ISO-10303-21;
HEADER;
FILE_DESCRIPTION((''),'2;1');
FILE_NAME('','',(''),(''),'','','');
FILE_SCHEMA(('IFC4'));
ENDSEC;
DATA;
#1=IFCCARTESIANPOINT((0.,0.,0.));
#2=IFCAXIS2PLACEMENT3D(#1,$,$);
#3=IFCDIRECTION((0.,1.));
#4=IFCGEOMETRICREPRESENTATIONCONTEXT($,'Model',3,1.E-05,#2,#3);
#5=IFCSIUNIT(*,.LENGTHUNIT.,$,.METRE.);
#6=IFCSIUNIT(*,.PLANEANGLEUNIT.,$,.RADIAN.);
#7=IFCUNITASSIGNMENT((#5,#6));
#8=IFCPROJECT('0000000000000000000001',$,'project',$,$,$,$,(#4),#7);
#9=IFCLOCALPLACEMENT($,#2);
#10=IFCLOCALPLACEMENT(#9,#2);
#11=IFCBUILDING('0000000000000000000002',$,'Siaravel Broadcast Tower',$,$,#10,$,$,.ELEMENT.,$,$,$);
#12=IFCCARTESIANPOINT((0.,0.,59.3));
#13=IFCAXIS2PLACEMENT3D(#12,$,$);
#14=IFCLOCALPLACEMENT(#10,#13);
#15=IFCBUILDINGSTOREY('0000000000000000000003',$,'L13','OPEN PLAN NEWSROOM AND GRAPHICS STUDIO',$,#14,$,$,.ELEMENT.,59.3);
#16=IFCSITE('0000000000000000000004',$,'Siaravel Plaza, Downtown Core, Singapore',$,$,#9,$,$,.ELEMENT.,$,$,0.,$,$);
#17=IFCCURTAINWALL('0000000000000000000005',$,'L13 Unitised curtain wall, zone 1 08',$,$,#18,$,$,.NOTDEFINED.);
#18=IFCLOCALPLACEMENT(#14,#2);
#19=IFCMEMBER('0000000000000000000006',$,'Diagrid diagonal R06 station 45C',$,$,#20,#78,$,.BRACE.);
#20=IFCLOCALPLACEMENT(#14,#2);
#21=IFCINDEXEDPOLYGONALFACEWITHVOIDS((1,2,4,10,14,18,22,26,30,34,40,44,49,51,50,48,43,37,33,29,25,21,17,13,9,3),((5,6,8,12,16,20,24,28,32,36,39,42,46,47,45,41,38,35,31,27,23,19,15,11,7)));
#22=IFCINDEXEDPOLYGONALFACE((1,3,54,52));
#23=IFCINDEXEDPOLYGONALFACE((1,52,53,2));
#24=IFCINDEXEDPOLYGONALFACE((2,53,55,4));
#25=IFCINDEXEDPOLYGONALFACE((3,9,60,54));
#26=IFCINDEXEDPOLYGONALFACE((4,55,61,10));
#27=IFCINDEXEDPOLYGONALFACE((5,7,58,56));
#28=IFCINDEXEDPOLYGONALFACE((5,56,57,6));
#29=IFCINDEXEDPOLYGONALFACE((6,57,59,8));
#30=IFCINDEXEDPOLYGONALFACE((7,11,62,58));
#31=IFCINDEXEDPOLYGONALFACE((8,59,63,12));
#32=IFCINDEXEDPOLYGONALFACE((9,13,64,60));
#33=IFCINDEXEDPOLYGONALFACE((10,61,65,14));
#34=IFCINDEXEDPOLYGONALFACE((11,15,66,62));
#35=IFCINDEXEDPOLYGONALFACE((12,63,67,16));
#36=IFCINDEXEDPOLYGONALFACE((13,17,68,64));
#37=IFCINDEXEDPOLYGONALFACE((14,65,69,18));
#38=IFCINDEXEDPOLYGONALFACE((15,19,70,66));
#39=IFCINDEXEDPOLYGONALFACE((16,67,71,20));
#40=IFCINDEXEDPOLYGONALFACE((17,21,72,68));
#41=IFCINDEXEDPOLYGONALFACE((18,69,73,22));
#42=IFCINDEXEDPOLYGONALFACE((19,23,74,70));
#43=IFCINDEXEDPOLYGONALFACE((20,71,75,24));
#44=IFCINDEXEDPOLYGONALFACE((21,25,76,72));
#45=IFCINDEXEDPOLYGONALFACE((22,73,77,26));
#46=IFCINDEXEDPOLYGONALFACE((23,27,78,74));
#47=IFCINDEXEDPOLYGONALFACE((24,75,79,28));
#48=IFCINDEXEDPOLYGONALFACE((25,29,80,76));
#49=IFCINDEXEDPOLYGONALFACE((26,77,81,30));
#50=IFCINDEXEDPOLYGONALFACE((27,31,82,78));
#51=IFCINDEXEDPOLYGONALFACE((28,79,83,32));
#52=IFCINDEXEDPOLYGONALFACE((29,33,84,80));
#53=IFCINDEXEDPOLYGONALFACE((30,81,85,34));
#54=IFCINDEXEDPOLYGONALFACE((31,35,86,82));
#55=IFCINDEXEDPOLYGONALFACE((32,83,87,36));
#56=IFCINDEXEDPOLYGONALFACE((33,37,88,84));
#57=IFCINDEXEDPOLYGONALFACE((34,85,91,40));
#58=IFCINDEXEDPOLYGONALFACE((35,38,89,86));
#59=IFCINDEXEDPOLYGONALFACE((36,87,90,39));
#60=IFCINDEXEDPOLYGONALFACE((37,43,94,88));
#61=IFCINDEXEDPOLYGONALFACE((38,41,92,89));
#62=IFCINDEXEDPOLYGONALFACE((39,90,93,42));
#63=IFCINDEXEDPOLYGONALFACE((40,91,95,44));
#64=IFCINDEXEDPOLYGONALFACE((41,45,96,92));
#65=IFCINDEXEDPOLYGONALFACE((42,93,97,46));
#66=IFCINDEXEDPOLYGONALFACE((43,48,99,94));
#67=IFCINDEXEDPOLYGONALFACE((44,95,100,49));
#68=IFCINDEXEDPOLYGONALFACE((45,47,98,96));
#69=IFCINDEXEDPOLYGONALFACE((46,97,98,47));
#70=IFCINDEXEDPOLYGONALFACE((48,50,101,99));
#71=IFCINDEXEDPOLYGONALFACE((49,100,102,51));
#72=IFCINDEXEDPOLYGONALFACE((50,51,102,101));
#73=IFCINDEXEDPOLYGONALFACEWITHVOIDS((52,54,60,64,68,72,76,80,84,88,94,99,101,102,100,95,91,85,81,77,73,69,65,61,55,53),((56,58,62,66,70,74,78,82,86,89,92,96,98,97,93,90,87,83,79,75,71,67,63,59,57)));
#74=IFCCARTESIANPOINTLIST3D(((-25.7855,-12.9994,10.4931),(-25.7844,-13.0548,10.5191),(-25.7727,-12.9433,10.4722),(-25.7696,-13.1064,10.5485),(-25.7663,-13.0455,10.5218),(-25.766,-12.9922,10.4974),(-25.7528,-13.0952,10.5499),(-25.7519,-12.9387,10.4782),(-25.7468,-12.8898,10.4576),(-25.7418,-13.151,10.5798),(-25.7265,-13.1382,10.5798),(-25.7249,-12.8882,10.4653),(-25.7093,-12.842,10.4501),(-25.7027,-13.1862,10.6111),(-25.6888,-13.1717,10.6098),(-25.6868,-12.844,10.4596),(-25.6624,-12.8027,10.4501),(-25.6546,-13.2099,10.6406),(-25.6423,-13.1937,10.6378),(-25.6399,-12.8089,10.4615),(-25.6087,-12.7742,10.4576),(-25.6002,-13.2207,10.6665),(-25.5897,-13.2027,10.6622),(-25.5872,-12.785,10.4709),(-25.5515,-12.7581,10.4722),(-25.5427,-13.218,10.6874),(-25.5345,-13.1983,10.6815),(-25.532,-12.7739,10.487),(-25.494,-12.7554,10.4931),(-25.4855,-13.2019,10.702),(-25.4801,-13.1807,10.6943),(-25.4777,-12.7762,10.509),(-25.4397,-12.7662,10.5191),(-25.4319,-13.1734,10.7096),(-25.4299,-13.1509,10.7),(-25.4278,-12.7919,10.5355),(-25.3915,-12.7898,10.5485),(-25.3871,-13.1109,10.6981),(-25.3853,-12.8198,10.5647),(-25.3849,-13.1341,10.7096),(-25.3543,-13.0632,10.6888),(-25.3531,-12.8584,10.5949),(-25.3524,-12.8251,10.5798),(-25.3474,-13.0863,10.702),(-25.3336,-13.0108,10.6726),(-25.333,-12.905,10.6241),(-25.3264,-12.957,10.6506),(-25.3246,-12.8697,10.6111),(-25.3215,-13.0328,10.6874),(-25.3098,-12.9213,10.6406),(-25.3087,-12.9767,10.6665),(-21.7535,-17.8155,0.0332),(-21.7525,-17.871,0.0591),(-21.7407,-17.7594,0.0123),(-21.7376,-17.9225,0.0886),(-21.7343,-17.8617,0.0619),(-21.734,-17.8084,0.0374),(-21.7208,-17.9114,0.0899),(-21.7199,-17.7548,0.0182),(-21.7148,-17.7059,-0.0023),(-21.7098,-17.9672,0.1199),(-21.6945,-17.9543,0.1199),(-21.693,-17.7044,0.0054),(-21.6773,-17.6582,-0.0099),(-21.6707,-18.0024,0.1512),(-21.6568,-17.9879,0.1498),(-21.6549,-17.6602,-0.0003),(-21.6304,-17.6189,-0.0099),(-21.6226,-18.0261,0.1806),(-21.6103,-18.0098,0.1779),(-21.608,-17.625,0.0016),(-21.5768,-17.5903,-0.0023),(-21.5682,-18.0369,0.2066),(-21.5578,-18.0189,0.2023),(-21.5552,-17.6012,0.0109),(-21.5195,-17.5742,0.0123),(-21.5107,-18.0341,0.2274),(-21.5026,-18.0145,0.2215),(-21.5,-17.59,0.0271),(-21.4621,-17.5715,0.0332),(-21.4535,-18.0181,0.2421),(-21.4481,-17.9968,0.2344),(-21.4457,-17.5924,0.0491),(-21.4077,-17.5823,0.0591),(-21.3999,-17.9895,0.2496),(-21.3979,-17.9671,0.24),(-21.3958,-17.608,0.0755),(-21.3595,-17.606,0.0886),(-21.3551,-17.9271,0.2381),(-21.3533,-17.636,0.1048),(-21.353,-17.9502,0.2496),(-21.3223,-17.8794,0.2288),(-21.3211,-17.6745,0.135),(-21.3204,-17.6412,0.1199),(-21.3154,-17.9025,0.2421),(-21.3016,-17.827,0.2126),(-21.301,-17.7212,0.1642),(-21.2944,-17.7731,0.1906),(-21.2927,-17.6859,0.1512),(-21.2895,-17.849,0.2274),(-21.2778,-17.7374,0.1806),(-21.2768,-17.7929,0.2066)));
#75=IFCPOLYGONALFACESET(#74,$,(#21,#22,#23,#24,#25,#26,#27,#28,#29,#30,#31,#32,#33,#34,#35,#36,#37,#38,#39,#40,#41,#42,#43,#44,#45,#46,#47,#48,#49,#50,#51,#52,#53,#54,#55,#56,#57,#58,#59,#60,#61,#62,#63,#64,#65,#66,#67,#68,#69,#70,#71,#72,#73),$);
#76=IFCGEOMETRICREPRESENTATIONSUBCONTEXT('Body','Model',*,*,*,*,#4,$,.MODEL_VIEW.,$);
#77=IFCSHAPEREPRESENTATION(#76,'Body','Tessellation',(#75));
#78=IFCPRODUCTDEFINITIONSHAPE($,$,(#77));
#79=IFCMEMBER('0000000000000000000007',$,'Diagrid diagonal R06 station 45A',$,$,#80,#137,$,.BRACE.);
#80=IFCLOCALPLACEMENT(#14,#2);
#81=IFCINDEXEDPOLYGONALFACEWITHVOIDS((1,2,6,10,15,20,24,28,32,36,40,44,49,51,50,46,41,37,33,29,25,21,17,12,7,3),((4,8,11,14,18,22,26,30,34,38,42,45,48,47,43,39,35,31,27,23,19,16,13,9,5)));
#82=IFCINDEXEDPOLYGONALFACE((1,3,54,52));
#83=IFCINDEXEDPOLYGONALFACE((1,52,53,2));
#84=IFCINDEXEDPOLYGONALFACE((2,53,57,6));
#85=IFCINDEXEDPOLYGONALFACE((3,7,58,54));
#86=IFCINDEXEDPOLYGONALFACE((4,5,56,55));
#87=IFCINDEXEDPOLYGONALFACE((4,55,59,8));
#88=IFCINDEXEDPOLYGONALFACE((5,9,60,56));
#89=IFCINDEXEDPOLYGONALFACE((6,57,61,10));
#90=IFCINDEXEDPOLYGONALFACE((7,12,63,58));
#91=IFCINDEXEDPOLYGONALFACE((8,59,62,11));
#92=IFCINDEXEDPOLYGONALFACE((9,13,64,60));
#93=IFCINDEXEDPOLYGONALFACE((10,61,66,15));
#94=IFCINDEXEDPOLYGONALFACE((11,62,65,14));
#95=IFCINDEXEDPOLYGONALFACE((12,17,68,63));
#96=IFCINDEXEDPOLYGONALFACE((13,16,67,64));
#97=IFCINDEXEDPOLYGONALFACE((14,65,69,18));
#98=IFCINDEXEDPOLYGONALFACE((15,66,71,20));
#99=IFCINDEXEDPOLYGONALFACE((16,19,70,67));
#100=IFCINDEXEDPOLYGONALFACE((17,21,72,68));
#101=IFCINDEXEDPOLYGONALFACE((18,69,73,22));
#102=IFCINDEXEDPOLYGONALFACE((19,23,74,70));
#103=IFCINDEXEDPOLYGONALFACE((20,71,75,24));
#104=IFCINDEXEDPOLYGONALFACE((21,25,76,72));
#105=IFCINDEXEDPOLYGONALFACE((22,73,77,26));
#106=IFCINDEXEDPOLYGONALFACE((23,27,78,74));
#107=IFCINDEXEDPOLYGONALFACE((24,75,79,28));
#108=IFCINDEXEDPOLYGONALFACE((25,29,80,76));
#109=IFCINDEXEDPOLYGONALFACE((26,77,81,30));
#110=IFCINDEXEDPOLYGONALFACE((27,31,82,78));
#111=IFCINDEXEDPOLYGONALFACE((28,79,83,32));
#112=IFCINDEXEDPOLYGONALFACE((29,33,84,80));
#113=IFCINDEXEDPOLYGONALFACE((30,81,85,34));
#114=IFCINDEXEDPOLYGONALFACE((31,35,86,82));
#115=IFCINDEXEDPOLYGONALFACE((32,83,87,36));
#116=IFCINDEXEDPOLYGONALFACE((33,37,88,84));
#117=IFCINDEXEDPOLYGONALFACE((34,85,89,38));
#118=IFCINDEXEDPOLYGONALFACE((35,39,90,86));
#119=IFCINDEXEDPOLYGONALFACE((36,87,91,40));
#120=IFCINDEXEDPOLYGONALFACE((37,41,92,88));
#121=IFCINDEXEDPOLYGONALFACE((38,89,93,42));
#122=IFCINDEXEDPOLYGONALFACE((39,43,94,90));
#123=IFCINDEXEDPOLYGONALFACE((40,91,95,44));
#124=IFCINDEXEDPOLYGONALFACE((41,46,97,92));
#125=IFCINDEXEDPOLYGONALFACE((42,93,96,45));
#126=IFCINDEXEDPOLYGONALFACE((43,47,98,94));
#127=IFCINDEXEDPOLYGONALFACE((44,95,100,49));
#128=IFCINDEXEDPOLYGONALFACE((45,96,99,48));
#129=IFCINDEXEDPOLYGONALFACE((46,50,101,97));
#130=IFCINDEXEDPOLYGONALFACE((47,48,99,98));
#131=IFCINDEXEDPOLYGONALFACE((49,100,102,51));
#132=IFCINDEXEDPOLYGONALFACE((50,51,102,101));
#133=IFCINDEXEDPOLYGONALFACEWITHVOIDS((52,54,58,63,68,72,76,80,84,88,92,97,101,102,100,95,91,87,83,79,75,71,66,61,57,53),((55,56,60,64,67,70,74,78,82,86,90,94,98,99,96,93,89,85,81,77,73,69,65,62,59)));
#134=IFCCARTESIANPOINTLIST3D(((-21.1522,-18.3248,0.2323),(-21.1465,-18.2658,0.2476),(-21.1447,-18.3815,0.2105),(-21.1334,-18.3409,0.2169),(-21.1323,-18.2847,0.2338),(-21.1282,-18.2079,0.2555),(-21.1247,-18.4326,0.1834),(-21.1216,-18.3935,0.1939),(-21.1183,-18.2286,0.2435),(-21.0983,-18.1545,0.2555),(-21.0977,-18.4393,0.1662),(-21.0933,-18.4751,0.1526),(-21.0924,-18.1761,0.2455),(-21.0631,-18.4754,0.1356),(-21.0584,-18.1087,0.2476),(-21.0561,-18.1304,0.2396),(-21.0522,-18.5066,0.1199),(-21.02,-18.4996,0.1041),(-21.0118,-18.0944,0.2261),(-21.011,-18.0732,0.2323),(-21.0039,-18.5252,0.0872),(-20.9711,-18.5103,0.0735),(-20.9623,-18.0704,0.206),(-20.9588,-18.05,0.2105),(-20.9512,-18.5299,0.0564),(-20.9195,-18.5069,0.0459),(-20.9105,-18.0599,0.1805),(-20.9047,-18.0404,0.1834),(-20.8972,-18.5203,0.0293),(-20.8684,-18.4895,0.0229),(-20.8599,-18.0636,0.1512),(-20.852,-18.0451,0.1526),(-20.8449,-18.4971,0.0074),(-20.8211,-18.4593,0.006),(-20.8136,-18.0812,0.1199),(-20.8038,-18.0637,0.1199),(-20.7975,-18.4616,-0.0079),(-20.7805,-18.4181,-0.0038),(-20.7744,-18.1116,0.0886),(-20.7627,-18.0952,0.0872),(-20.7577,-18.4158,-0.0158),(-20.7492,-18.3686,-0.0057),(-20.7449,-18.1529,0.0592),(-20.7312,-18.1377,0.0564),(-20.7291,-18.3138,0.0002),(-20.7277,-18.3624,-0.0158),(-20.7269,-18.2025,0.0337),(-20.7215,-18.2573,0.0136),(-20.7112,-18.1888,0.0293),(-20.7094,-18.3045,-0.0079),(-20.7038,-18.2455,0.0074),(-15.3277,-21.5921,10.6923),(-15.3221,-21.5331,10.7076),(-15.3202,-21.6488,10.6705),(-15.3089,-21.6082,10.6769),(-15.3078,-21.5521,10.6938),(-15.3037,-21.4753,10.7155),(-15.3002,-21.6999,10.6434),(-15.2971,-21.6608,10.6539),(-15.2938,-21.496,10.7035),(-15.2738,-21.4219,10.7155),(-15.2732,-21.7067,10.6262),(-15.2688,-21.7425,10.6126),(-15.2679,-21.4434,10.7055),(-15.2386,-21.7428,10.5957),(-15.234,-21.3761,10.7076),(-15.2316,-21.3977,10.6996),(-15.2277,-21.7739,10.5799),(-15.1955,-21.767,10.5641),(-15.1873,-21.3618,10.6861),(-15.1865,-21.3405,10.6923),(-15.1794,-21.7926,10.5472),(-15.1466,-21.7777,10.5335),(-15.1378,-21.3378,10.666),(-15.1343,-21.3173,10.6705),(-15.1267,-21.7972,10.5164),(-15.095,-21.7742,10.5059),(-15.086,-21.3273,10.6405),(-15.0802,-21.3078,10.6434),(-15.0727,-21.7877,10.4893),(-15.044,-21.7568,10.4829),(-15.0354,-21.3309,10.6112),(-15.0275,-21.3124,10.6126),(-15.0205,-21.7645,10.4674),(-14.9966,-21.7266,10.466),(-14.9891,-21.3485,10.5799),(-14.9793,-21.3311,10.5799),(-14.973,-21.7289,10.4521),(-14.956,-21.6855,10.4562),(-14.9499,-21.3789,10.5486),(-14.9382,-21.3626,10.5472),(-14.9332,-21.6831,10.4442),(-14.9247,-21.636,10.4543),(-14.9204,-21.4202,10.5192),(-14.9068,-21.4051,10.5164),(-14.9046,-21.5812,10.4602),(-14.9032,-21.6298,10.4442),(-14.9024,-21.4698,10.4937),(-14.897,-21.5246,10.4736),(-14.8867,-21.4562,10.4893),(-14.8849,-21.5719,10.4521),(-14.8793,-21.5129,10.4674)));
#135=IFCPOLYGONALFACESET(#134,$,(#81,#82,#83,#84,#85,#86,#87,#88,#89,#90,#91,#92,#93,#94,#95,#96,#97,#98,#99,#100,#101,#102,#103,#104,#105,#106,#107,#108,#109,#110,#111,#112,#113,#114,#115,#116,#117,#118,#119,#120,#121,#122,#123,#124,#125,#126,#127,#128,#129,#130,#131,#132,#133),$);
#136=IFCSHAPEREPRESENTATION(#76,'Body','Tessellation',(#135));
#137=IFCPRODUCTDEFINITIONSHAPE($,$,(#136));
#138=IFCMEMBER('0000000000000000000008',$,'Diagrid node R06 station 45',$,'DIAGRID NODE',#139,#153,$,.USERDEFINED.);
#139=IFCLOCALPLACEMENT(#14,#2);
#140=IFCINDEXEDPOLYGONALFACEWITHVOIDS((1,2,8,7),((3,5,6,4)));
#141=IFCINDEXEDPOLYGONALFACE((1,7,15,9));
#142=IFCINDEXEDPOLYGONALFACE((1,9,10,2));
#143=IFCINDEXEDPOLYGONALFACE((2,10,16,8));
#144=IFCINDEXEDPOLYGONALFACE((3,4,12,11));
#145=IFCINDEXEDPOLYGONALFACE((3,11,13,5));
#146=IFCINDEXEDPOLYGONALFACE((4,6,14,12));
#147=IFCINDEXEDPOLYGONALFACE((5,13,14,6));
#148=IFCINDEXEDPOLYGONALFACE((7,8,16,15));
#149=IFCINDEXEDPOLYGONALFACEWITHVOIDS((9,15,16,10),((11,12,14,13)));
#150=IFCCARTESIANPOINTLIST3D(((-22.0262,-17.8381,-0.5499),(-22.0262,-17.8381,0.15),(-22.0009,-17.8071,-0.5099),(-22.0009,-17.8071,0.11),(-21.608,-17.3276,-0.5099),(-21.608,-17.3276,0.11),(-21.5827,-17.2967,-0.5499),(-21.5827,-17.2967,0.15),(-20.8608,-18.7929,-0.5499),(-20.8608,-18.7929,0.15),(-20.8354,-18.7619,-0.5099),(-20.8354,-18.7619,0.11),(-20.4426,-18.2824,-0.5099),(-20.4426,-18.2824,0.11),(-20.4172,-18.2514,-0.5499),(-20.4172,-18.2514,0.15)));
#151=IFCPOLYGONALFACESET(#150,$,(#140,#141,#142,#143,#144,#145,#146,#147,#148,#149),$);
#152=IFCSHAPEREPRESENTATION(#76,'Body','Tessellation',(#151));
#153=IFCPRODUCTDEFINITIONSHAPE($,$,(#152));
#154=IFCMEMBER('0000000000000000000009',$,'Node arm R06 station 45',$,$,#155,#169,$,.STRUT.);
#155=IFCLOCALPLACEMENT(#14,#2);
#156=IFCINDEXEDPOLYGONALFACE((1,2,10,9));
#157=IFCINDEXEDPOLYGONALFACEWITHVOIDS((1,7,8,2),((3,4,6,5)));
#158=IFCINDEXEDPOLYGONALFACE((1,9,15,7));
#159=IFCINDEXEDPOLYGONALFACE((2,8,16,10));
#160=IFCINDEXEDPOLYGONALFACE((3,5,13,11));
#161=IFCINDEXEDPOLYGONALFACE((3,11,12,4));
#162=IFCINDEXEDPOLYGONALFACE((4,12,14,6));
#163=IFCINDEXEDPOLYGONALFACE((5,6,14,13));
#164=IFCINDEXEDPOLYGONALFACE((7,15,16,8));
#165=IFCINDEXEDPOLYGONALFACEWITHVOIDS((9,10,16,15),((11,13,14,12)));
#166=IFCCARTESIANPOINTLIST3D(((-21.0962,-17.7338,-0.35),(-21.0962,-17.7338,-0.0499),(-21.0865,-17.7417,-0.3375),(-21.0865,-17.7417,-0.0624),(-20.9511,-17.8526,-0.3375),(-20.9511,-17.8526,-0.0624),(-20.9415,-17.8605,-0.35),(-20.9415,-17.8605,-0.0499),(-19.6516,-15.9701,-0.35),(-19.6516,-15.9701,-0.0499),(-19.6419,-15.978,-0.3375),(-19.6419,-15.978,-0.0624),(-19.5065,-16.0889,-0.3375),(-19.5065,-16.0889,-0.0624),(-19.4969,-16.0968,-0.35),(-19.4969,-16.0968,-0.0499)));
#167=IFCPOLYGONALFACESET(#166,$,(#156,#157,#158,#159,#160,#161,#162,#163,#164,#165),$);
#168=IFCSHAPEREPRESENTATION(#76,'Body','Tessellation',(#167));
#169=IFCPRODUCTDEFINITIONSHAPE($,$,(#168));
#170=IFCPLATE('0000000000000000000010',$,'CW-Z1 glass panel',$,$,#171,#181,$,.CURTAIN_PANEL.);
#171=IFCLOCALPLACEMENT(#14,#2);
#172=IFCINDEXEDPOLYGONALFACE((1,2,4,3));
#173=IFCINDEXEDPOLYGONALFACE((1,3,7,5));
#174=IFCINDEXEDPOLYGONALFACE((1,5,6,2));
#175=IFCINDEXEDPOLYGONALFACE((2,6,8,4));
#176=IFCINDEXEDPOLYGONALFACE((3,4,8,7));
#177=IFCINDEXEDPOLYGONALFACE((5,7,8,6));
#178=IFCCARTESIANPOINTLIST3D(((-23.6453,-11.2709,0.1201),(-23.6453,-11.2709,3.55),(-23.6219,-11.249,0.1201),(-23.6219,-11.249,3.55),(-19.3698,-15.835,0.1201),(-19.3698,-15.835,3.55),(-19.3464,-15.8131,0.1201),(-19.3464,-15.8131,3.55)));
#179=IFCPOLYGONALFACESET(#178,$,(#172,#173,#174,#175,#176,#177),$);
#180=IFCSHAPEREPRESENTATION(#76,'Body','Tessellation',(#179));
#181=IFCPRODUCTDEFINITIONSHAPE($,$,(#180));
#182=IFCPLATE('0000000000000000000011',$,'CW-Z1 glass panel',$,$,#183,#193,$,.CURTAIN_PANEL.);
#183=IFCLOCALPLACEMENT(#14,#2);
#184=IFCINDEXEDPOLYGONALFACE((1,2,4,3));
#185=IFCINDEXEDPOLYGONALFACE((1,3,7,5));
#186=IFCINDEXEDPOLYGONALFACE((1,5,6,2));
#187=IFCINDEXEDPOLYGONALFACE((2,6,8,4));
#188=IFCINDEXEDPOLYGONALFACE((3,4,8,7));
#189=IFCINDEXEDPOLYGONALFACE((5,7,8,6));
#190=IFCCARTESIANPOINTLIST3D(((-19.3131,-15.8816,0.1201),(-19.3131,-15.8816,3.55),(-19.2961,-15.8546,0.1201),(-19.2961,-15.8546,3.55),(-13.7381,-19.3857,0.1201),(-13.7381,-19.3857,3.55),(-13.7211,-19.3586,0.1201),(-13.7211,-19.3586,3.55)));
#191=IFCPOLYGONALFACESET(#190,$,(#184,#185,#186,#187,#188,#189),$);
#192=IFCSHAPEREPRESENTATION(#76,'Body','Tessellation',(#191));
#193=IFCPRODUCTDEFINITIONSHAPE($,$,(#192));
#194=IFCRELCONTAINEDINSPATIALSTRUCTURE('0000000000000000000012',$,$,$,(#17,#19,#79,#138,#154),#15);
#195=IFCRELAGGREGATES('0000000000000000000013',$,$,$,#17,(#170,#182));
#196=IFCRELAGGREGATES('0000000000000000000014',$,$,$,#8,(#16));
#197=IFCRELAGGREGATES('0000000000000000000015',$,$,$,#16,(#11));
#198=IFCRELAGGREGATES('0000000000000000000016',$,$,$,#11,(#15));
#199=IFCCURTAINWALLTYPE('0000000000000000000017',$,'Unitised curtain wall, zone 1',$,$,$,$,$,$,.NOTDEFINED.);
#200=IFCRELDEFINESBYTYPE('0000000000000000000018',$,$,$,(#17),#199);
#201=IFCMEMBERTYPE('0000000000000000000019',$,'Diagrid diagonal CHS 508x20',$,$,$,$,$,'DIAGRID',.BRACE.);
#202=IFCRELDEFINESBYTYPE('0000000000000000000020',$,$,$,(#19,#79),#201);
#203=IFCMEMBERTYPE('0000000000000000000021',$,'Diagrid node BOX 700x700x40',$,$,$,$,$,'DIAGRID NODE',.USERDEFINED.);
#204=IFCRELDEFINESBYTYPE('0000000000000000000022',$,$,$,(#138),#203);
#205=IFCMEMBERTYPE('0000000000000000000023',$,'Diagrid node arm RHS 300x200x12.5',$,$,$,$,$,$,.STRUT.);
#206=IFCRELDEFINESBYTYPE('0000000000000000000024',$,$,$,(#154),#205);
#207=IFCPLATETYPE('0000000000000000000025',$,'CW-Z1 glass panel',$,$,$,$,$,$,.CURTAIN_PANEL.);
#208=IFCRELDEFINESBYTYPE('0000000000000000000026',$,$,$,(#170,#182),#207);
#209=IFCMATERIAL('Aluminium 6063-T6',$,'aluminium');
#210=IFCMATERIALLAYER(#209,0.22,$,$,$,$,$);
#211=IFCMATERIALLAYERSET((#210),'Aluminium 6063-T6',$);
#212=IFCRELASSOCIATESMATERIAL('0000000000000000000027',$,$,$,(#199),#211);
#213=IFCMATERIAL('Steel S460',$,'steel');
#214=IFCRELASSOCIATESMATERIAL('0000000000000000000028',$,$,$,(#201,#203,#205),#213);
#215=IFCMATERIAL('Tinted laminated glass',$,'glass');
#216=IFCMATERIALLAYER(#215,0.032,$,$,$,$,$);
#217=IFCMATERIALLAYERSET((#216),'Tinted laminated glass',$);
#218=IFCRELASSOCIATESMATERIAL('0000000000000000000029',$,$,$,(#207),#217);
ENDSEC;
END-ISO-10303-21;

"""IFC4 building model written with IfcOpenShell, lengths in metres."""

from ifc_helpers import new_model, si_unit, direction, frame, origin, origin_2d, place, context, subcontext, project, spatial, rectangle, hollow_rectangle, hollow_circle, extrude, material, layer, layer_set, material_profile, profile_set, type_object, element, aggregate, save


model = new_model("IFC4")

# Units and contexts
model_context = context("Model", 3, precision=1e-05, world=origin(), true_north=direction((0.0, 1.0)))
body_context = subcontext(model_context, "Body", "Model", "MODEL_VIEW")
ifc_project = project(units=[si_unit("LENGTHUNIT", "METRE"), si_unit("PLANEANGLEUNIT", "RADIAN")], contexts=[model_context])

# Site, building, storey
site_placement = place(None, origin())
site = spatial("IfcSite", under=ifc_project, at=site_placement, Name="Siaravel Plaza, Downtown Core, Singapore", CompositionType="ELEMENT", RefElevation=0.0)
building_placement = place(site_placement, origin())
building = spatial("IfcBuilding", under=site, at=building_placement, Name="Siaravel Broadcast Tower", CompositionType="ELEMENT")
storey_placement = place(building_placement, frame((0.0, 0.0, 59.3)))
storey = spatial("IfcBuildingStorey", under=building, at=storey_placement, Name="L13", Description="OPEN PLAN NEWSROOM AND GRAPHICS STUDIO", CompositionType="ELEMENT", Elevation=59.3)

# Curtain wall
ifc_material_1 = material(Name="Aluminium 6063-T6", Category="aluminium")
ifc_layer_1 = layer(ifc_material_1, 0.22)
ifc_layer_set_1 = layer_set([ifc_layer_1], Name="Aluminium 6063-T6")
curtain_wall_type = type_object("IfcCurtainWallType", Name="Unitised curtain wall, zone 1", PredefinedType="NOTDEFINED", material=ifc_layer_set_1)
curtain_wall_placement = place(storey_placement, origin())
curtain_wall = element("IfcCurtainWall", 1, at=curtain_wall_placement, inside=storey, type_object=curtain_wall_type, Name="L13 Unitised curtain wall, zone 1 08", PredefinedType="NOTDEFINED")

# Members
ifc_material_2 = material(Name="Steel S460", Category="steel")
ifc_material_profile_1 = material_profile(ifc_material_2, hollow_circle(Radius=0.2539, WallThickness=0.02, at=origin_2d()))
ifc_profile_set_1 = profile_set([ifc_material_profile_1], Name="Steel S460")
member_type_1 = type_object("IfcMemberType", Name="Diagrid diagonal CHS 508x20", ElementType="DIAGRID", PredefinedType="BRACE", material=ifc_profile_set_1)
member_1_placement = place(storey_placement, frame((-21.5151, -17.8042, 0.1199), z_axis=(-0.330465, 0.394737, 0.857307), x_axis=(-0.76677, -0.641922, 0.0)))
element("IfcMember", 2, at=member_1_placement, inside=storey, type_object=member_type_1, Name="Diagrid diagonal R06 station 45C", PredefinedType="BRACE", context=body_context, shape_type="SweptSolid", body=[
    extrude(hollow_circle(Radius=0.2539, WallThickness=0.02, at=origin_2d()), origin(), (0.0, 0.0, 1.0), 12.2009),
])
member_2_placement = place(storey_placement, frame((-20.928, -18.2852, 0.1199), z_axis=(0.469332, -0.26328, 0.842859), x_axis=(0.489246, 0.872146, 0.0)))
element("IfcMember", 3, at=member_2_placement, inside=storey, type_object=member_type_1, Name="Diagrid diagonal R06 station 45A", PredefinedType="BRACE", context=body_context, shape_type="SweptSolid", body=[
    extrude(hollow_circle(Radius=0.2539, WallThickness=0.02, at=origin_2d()), origin(), (0.0, 0.0, 1.0), 12.4102),
])
ifc_material_profile_2 = material_profile(ifc_material_2, hollow_rectangle(XDim=0.7, YDim=0.7, WallThickness=0.04, at=origin_2d()))
ifc_profile_set_2 = profile_set([ifc_material_profile_2], Name="Steel S460")
member_type_2 = type_object("IfcMemberType", Name="Diagrid node BOX 700x700x40", ElementType="DIAGRID NODE", PredefinedType="USERDEFINED", material=ifc_profile_set_2)
member_3_placement = place(storey_placement, frame((-21.8044, -17.5674, -0.2), z_axis=(0.77356, -0.633723, 0.0), x_axis=(0.633723, 0.77356, 0.0)))
element("IfcMember", 4, at=member_3_placement, inside=storey, type_object=member_type_2, Name="Diagrid node R06 station 45", ObjectType="DIAGRID NODE", PredefinedType="USERDEFINED", context=body_context, shape_type="SweptSolid", body=[
    extrude(hollow_rectangle(XDim=0.7, YDim=0.7, WallThickness=0.04, at=origin_2d()), origin(), (0.0, 0.0, 1.0), 1.5066),
])
ifc_material_profile_3 = material_profile(ifc_material_2, hollow_rectangle(XDim=0.2, YDim=0.3, WallThickness=0.0125, at=origin_2d()))
ifc_profile_set_3 = profile_set([ifc_material_profile_3], Name="Steel S460")
member_type_3 = type_object("IfcMemberType", Name="Diagrid node arm RHS 300x200x12.5", PredefinedType="STRUT", material=ifc_profile_set_3)
member_4_placement = place(storey_placement, frame((-19.5742, -16.0334, -0.2), z_axis=(-0.633652, -0.773618, 0.0), x_axis=(0.773618, -0.633652, 0.0)))
element("IfcMember", 5, at=member_4_placement, inside=storey, type_object=member_type_3, Name="Node arm R06 station 45", PredefinedType="STRUT", context=body_context, shape_type="SweptSolid", body=[
    extrude(hollow_rectangle(XDim=0.2, YDim=0.3, WallThickness=0.0125, at=origin_2d()), origin(), (0.0, 0.0, 1.0), 2.2798),
])

# Plates
ifc_material_3 = material(Name="Tinted laminated glass", Category="glass")
ifc_layer_2 = layer(ifc_material_3, 0.032)
ifc_layer_set_2 = layer_set([ifc_layer_2], Name="Tinted laminated glass")
plate_type = type_object("IfcPlateType", Name="CW-Z1 glass panel", PredefinedType="CURTAIN_PANEL", material=ifc_layer_set_2)
plate_1_placement = place(storey_placement, frame((-21.4958, -13.542, 0.1201), z_axis=(0.0, 0.0, 1.0), x_axis=(0.683657, -0.729804, 0.0)))
plate_1 = element("IfcPlate", 6, at=plate_1_placement, type_object=plate_type, Name="CW-Z1 glass panel", PredefinedType="CURTAIN_PANEL", context=body_context, shape_type="SweptSolid", body=[
    extrude(rectangle(XDim=6.2539, YDim=0.032, at=origin_2d()), origin(), (0.0, 0.0, 1.0), 3.4299),
])
plate_2_placement = place(storey_placement, frame((-16.5171, -17.6201, 0.1201), z_axis=(0.0, 0.0, 1.0), x_axis=(0.846651, -0.532148, 0.0)))
plate_2 = element("IfcPlate", 7, at=plate_2_placement, type_object=plate_type, Name="CW-Z1 glass panel", PredefinedType="CURTAIN_PANEL", context=body_context, shape_type="SweptSolid", body=[
    extrude(rectangle(XDim=6.5847, YDim=0.032, at=origin_2d()), origin(), (0.0, 0.0, 1.0), 3.4299),
])
aggregate(curtain_wall, [plate_1, plate_2])

save(model, "model.ifc")
